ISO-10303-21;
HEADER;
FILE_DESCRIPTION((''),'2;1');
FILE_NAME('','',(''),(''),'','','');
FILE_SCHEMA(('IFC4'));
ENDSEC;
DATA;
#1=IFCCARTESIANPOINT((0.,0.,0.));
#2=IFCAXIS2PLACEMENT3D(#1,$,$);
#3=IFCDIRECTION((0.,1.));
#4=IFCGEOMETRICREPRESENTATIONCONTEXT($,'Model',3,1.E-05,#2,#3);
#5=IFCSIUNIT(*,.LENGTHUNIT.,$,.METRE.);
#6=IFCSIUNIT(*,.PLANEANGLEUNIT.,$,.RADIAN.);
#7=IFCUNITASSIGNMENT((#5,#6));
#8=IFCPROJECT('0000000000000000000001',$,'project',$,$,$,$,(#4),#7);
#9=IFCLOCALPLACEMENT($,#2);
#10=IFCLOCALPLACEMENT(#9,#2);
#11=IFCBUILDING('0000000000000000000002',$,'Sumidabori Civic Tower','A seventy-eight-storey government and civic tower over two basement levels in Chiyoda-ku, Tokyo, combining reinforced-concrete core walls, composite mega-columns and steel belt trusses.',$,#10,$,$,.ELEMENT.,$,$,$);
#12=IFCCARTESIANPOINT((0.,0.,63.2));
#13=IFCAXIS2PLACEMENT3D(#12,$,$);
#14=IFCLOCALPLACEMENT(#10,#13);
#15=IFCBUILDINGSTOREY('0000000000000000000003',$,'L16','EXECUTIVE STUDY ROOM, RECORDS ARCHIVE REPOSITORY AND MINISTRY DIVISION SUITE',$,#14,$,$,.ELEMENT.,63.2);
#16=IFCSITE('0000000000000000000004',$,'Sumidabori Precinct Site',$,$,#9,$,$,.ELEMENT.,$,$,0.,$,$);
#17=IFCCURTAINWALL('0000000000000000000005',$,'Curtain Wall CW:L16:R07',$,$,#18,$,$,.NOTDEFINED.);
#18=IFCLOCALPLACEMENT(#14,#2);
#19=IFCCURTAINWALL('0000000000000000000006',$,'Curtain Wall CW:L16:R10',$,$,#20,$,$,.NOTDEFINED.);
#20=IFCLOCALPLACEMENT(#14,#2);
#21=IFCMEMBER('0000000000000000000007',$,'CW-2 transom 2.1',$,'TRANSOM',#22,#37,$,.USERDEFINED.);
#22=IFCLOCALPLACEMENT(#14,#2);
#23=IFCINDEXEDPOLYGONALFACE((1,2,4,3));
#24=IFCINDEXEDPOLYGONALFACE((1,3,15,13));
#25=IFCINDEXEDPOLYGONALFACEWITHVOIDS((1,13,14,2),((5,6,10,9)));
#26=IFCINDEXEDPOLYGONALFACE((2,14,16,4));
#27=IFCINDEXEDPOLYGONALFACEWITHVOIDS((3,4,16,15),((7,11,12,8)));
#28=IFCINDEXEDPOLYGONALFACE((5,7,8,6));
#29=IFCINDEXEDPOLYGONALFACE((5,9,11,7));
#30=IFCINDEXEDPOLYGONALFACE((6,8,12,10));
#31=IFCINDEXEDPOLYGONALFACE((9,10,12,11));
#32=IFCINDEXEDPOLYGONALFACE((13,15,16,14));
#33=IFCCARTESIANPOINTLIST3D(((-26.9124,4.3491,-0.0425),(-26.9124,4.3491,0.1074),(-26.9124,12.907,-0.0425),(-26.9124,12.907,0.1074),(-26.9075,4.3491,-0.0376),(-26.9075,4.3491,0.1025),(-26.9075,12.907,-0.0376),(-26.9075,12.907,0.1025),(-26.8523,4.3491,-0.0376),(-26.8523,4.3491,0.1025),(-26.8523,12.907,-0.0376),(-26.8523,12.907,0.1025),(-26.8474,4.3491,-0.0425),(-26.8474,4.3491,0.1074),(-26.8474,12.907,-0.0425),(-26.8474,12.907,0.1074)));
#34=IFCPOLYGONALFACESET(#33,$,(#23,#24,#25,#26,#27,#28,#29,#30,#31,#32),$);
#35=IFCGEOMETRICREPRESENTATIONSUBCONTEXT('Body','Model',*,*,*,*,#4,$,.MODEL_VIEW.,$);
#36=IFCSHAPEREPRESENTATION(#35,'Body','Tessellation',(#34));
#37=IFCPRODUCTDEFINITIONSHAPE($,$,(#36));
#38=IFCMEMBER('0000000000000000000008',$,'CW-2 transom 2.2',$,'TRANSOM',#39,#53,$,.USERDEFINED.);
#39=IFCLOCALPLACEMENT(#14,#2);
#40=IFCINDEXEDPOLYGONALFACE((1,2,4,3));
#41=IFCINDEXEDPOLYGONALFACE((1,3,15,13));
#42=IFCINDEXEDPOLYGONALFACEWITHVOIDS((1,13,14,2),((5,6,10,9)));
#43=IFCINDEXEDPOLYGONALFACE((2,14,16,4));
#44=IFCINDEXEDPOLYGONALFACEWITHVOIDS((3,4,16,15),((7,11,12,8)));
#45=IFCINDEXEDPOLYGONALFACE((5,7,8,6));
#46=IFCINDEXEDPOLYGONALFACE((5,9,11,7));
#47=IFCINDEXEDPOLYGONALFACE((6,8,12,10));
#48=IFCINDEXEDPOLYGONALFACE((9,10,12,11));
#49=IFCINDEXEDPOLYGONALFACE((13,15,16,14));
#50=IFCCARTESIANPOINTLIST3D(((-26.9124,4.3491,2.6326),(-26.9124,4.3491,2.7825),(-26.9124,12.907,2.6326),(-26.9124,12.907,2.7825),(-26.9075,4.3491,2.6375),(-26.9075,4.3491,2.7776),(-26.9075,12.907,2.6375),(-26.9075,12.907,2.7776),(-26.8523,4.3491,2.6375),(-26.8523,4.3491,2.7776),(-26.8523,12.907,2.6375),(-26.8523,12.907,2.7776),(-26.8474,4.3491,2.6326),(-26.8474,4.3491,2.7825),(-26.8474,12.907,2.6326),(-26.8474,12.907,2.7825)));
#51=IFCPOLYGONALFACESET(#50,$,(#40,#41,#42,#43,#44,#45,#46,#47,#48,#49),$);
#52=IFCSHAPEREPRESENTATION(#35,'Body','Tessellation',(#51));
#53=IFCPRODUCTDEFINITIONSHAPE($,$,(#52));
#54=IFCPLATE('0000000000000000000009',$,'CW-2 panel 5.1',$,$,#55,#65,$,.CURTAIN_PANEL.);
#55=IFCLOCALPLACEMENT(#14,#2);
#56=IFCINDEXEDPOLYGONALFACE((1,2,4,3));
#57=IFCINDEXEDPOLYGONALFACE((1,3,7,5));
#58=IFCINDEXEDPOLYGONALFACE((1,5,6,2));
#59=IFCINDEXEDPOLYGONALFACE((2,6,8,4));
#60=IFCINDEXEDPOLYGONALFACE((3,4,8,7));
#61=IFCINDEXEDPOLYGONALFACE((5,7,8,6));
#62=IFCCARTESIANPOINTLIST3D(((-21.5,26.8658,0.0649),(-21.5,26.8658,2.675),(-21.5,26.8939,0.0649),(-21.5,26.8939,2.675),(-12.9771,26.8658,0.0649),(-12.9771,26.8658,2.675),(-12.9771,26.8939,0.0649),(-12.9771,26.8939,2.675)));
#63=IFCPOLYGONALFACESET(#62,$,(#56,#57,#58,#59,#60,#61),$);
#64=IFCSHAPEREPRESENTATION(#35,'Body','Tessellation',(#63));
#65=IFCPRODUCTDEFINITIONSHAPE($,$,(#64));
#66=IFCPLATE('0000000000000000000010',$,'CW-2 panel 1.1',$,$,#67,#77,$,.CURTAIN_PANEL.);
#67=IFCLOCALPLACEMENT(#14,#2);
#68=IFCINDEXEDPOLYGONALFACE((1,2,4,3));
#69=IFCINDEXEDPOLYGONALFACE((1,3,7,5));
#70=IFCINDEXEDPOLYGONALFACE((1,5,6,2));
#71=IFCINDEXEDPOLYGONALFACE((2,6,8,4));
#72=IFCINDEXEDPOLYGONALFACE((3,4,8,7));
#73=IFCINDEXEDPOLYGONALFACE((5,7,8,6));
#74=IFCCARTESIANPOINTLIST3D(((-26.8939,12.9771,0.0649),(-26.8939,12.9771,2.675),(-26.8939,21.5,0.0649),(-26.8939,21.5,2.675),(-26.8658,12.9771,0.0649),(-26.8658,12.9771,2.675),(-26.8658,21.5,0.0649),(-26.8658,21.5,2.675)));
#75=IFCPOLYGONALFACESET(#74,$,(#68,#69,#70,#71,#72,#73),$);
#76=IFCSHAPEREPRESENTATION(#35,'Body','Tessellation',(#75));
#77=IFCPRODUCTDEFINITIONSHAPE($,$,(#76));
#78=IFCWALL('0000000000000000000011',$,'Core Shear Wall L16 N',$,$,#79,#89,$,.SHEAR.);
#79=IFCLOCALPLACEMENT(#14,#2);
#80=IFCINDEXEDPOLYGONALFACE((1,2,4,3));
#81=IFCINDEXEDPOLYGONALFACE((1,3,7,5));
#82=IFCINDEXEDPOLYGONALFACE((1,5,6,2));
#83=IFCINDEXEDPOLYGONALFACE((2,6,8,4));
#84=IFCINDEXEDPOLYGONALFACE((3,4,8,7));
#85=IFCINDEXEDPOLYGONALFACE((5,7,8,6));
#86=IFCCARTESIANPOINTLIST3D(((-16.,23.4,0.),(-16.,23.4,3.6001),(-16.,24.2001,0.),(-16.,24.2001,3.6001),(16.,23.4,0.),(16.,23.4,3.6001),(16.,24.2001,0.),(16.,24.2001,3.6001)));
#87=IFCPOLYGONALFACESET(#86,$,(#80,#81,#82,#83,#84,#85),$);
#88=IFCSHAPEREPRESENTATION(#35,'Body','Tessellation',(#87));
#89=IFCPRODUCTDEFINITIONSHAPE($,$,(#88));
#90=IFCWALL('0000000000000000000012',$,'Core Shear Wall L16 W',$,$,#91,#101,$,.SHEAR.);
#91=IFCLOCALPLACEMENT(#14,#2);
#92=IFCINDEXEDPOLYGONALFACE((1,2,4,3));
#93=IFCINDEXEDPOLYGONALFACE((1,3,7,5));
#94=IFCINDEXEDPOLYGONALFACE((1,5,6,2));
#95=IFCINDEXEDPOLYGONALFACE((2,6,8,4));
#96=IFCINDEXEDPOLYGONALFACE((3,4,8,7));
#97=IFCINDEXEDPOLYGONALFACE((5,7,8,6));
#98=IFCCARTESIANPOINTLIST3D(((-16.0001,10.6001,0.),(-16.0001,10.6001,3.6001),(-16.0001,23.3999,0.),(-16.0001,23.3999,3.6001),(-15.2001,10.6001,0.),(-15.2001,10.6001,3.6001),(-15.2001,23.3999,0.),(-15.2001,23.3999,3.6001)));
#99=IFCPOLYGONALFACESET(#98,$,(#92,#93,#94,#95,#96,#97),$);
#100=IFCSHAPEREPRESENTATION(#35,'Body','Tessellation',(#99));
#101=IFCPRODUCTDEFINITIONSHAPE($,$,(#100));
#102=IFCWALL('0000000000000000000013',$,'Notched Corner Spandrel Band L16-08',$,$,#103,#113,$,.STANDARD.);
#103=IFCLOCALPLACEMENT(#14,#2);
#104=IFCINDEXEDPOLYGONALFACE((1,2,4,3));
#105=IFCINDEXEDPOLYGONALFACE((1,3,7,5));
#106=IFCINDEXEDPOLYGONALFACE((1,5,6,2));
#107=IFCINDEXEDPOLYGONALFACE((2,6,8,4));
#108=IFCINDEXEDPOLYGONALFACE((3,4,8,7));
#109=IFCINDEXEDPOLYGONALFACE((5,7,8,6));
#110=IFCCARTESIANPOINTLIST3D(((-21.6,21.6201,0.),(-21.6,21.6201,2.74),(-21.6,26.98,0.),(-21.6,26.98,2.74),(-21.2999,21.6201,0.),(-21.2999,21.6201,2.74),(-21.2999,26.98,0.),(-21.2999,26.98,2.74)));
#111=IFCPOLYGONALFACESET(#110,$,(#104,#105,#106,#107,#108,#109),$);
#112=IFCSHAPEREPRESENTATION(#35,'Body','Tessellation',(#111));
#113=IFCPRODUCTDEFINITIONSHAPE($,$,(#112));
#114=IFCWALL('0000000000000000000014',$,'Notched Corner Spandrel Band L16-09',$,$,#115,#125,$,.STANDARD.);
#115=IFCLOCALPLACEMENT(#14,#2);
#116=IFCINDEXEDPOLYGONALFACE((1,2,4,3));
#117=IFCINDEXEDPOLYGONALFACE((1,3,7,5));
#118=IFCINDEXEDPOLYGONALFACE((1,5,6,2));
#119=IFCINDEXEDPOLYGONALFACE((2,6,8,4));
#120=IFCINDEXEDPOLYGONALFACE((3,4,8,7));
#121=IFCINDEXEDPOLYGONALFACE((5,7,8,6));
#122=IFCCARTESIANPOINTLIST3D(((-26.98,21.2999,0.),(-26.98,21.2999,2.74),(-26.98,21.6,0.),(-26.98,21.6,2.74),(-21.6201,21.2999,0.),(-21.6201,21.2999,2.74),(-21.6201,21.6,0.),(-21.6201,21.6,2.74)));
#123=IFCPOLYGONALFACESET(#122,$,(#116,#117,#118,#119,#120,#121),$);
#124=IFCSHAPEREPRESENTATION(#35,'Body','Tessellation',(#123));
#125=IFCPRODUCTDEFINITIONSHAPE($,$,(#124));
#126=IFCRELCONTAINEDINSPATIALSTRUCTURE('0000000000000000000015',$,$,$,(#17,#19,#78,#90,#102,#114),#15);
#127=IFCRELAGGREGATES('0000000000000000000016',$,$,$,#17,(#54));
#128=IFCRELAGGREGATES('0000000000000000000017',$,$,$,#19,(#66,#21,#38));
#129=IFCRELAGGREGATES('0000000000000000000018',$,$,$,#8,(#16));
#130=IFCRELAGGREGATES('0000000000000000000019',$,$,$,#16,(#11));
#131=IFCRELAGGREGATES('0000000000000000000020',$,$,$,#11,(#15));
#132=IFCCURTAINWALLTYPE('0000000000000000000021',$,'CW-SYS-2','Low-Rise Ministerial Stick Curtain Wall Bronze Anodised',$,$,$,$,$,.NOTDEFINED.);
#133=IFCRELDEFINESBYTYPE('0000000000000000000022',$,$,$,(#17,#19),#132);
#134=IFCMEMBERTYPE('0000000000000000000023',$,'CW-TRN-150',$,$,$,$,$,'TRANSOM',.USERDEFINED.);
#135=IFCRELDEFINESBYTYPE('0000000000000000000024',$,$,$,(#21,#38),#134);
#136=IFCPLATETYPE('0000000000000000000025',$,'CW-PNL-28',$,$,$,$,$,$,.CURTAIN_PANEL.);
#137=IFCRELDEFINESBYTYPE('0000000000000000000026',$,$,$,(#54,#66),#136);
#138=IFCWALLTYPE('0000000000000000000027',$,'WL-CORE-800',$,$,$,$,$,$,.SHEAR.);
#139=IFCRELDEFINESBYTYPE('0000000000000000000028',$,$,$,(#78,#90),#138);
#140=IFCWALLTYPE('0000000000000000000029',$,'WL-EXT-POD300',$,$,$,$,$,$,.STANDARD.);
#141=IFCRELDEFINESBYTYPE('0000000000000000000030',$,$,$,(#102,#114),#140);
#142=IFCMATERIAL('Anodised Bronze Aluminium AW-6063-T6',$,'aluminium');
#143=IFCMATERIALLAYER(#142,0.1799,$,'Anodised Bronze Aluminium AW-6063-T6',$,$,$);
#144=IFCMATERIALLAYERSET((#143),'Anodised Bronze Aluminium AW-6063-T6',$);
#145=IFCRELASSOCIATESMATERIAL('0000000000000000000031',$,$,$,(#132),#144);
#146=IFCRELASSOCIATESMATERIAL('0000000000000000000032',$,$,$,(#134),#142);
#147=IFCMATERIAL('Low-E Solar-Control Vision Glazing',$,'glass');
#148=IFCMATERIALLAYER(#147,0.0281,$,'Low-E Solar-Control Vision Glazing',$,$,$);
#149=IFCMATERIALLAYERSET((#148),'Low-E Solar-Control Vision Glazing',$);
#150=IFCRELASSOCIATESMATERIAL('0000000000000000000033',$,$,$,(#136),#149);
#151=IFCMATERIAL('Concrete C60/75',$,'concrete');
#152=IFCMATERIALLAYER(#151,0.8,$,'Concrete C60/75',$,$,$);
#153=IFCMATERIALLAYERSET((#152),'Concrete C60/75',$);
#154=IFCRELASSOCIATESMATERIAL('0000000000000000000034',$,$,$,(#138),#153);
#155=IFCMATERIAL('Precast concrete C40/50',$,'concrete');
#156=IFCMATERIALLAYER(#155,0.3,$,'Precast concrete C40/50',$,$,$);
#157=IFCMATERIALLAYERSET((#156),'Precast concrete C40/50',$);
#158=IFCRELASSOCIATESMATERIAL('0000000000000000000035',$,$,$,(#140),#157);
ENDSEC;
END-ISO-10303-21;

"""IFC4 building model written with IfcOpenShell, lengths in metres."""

from ifc_helpers import new_model, si_unit, direction, frame, frame_2d, origin, origin_2d, place, context, subcontext, project, spatial, rectangle, hollow_rectangle, extrude, source, transform, mapped, material, layer, layer_set, material_profile, profile_set, type_object, element, aggregate, save


model = new_model("IFC4")

# Units and contexts
model_context = context("Model", 3, precision=1e-05, world=origin(), true_north=direction((0.0, 1.0)))
body_context = subcontext(model_context, "Body", "Model", "MODEL_VIEW")
ifc_project = project(units=[si_unit("LENGTHUNIT", "METRE"), si_unit("PLANEANGLEUNIT", "RADIAN")], contexts=[model_context])

# Site, building, storey
site_placement = place(None, origin())
site = spatial("IfcSite", under=ifc_project, at=site_placement, Name="Sumidabori Precinct Site", CompositionType="ELEMENT", RefElevation=0.0)
building_placement = place(site_placement, origin())
building = spatial("IfcBuilding", under=site, at=building_placement, Name="Sumidabori Civic Tower", Description="A seventy-eight-storey government and civic tower over two basement levels in Chiyoda-ku, Tokyo, combining reinforced-concrete core walls, composite mega-columns and steel belt trusses.", CompositionType="ELEMENT")
storey_placement = place(building_placement, frame((0.0, 0.0, 63.2)))
storey = spatial("IfcBuildingStorey", under=building, at=storey_placement, Name="L16", Description="EXECUTIVE STUDY ROOM, RECORDS ARCHIVE REPOSITORY AND MINISTRY DIVISION SUITE", CompositionType="ELEMENT", Elevation=63.2)

# Shared definitions
ifc_material_1 = material(Name="Concrete C60/75", Category="concrete")

# Curtain wall
ifc_material_2 = material(Name="Anodised Bronze Aluminium AW-6063-T6", Category="aluminium")
ifc_layer_1 = layer(ifc_material_2, 0.1799, Name="Anodised Bronze Aluminium AW-6063-T6")
ifc_layer_set_1 = layer_set([ifc_layer_1], Name="Anodised Bronze Aluminium AW-6063-T6")
curtain_wall_type = type_object("IfcCurtainWallType", Name="CW-SYS-2", Description="Low-Rise Ministerial Stick Curtain Wall Bronze Anodised", PredefinedType="NOTDEFINED", material=ifc_layer_set_1)
curtain_wall_1_placement = place(storey_placement, origin())
curtain_wall_1 = element("IfcCurtainWall", 1, at=curtain_wall_1_placement, inside=storey, type_object=curtain_wall_type, Name="Curtain Wall CW:L16:R07", PredefinedType="NOTDEFINED")

# Curtain wall, members
curtain_wall_2_placement = place(storey_placement, origin())
curtain_wall_2 = element("IfcCurtainWall", 2, at=curtain_wall_2_placement, inside=storey, type_object=curtain_wall_type, Name="Curtain Wall CW:L16:R10", PredefinedType="NOTDEFINED")
ifc_material_profile_1 = material_profile(ifc_material_2, hollow_rectangle(XDim=0.0649, YDim=0.1499, WallThickness=0.0049, at=origin_2d()), Name="ALU TRANSOM 150x65")
ifc_profile_set_1 = profile_set([ifc_material_profile_1], Name="Anodised Bronze Aluminium AW-6063-T6")
member_type_1 = type_object("IfcMemberType", Name="CW-TRN-150", ElementType="TRANSOM", PredefinedType="USERDEFINED", material=ifc_profile_set_1)
shared_shape_1 = source(origin(), body_context, "Body", "SweptSolid", [
    extrude(hollow_rectangle(XDim=0.0649, YDim=0.1499, WallThickness=0.0049, at=origin_2d()), origin(), (0.0, 0.0, 1.0), 8.5579),
])
member_1_placement = place(storey_placement, frame((-26.8799, 12.907, 0.0325), z_axis=(0.0, -1.0, 0.0), x_axis=(1.0, 0.0, 0.0)))
member_1 = element("IfcMember", 3, at=member_1_placement, type_object=member_type_1, Name="CW-2 transom 2.1", ObjectType="TRANSOM", PredefinedType="USERDEFINED", context=body_context, shape_type="MappedRepresentation", body=[
    mapped(shared_shape_1, transform((0.0, 0.0, 0.0), x_axis=(1.0, 0.0, 0.0), y_axis=(0.0, 1.0, 0.0), z_axis=(0.0, 0.0, 1.0), scale=1.0)),
])
member_2_placement = place(storey_placement, frame((-26.8799, 12.907, 2.7075), z_axis=(0.0, -1.0, 0.0), x_axis=(1.0, 0.0, 0.0)))
member_2 = element("IfcMember", 4, at=member_2_placement, type_object=member_type_1, Name="CW-2 transom 2.2", ObjectType="TRANSOM", PredefinedType="USERDEFINED", context=body_context, shape_type="MappedRepresentation", body=[
    mapped(shared_shape_1, transform((0.0, 0.0, 0.0), x_axis=(1.0, 0.0, 0.0), y_axis=(0.0, 1.0, 0.0), z_axis=(0.0, 0.0, 1.0), scale=1.0)),
])

# Plates
ifc_material_3 = material(Name="Low-E Solar-Control Vision Glazing", Category="glass")
ifc_layer_2 = layer(ifc_material_3, 0.0281, Name="Low-E Solar-Control Vision Glazing")
ifc_layer_set_2 = layer_set([ifc_layer_2], Name="Low-E Solar-Control Vision Glazing")
plate_type = type_object("IfcPlateType", Name="CW-PNL-28", PredefinedType="CURTAIN_PANEL", material=ifc_layer_set_2)
shared_shape_2 = source(origin(), body_context, "Body", "SweptSolid", [
    extrude(rectangle(XDim=8.5229, YDim=0.0281, at=origin_2d()), origin(), (0.0, 0.0, 1.0), 2.6101),
])
plate_1_placement = place(storey_placement, frame((-17.2385, 26.8799, 0.0649), z_axis=(0.0, 0.0, 1.0), x_axis=(-1.0, 0.0, 0.0)))
plate_1 = element("IfcPlate", 5, at=plate_1_placement, type_object=plate_type, Name="CW-2 panel 5.1", PredefinedType="CURTAIN_PANEL", context=body_context, shape_type="MappedRepresentation", body=[
    mapped(shared_shape_2, transform((0.0, 0.0, 0.0), x_axis=(1.0, 0.0, 0.0), y_axis=(0.0, 1.0, 0.0), z_axis=(0.0, 0.0, 1.0), scale=1.0)),
])
aggregate(curtain_wall_1, [plate_1])
plate_2_placement = place(storey_placement, frame((-26.8799, 17.2385, 0.0649), z_axis=(0.0, 0.0, 1.0), x_axis=(0.0, -1.0, 0.0)))
plate_2 = element("IfcPlate", 6, at=plate_2_placement, type_object=plate_type, Name="CW-2 panel 1.1", PredefinedType="CURTAIN_PANEL", context=body_context, shape_type="MappedRepresentation", body=[
    mapped(shared_shape_2, transform((0.0, 0.0, 0.0), x_axis=(1.0, 0.0, 0.0), y_axis=(0.0, 1.0, 0.0), z_axis=(0.0, 0.0, 1.0), scale=1.0)),
])
aggregate(curtain_wall_2, [plate_2, member_1, member_2])

# Wall
ifc_layer_3 = layer(ifc_material_1, 0.8, Name="Concrete C60/75")
ifc_layer_set_3 = layer_set([ifc_layer_3], Name="Concrete C60/75")
wall_type_1 = type_object("IfcWallType", Name="WL-CORE-800", PredefinedType="SHEAR", material=ifc_layer_set_3)
shared_shape_3 = source(origin(), body_context, "Body", "SweptSolid", [
    extrude(rectangle(XDim=32.0, YDim=0.8, at=frame_2d((16.0, 0.0))), origin(), (0.0, 0.0, 1.0), 3.6001),
])
wall_1_placement = place(storey_placement, frame((-16.0, 23.8, 0.0), z_axis=(0.0, 0.0, 1.0), x_axis=(1.0, 0.0, 0.0)))
element("IfcWall", 7, at=wall_1_placement, inside=storey, type_object=wall_type_1, Name="Core Shear Wall L16 N", PredefinedType="SHEAR", context=body_context, shape_type="MappedRepresentation", body=[
    mapped(shared_shape_3, transform((0.0, 0.0, 0.0), x_axis=(1.0, 0.0, 0.0), y_axis=(0.0, 1.0, 0.0), z_axis=(0.0, 0.0, 1.0), scale=1.0)),
])

# Walls
shared_shape_4 = source(origin(), body_context, "Body", "SweptSolid", [
    extrude(rectangle(XDim=12.7998, YDim=0.8, at=frame_2d((6.3999, 0.0))), origin(), (0.0, 0.0, 1.0), 3.6001),
])
wall_2_placement = place(storey_placement, frame((-15.6001, 10.6001, 0.0), z_axis=(0.0, 0.0, 1.0), x_axis=(0.0, 1.0, 0.0)))
element("IfcWall", 8, at=wall_2_placement, inside=storey, type_object=wall_type_1, Name="Core Shear Wall L16 W", PredefinedType="SHEAR", context=body_context, shape_type="MappedRepresentation", body=[
    mapped(shared_shape_4, transform((0.0, 0.0, 0.0), x_axis=(1.0, 0.0, 0.0), y_axis=(0.0, 1.0, 0.0), z_axis=(0.0, 0.0, 1.0), scale=1.0)),
])
ifc_material_4 = material(Name="Precast concrete C40/50", Category="concrete")
ifc_layer_4 = layer(ifc_material_4, 0.3, Name="Precast concrete C40/50")
ifc_layer_set_4 = layer_set([ifc_layer_4], Name="Precast concrete C40/50")
wall_type_2 = type_object("IfcWallType", Name="WL-EXT-POD300", PredefinedType="STANDARD", material=ifc_layer_set_4)
shared_shape_5 = source(origin(), body_context, "Body", "SweptSolid", [
    extrude(rectangle(XDim=5.3599, YDim=0.3, at=frame_2d((2.6799, 0.0))), origin(), (0.0, 0.0, 1.0), 2.74),
])
for number, where, z_axis, x_axis, name in (
    (9, (-21.45, 26.98, 0.0), (0.0, 0.0, 1.0), (0.0, -1.0, 0.0), "Notched Corner Spandrel Band L16-08"),
    (10, (-21.6201, 21.45, 0.0), (0.0, 0.0, 1.0), (-1.0, 0.0, 0.0), "Notched Corner Spandrel Band L16-09"),
):
    element("IfcWall", number, at=place(storey_placement, frame(where, z_axis=z_axis, x_axis=x_axis)), inside=storey, type_object=wall_type_2, Name=name, PredefinedType="STANDARD", context=body_context, shape_type="MappedRepresentation", body=[
        mapped(shared_shape_5, transform((0.0, 0.0, 0.0), x_axis=(1.0, 0.0, 0.0), y_axis=(0.0, 1.0, 0.0), z_axis=(0.0, 0.0, 1.0), scale=1.0)),
    ])

save(model, "model.ifc")
